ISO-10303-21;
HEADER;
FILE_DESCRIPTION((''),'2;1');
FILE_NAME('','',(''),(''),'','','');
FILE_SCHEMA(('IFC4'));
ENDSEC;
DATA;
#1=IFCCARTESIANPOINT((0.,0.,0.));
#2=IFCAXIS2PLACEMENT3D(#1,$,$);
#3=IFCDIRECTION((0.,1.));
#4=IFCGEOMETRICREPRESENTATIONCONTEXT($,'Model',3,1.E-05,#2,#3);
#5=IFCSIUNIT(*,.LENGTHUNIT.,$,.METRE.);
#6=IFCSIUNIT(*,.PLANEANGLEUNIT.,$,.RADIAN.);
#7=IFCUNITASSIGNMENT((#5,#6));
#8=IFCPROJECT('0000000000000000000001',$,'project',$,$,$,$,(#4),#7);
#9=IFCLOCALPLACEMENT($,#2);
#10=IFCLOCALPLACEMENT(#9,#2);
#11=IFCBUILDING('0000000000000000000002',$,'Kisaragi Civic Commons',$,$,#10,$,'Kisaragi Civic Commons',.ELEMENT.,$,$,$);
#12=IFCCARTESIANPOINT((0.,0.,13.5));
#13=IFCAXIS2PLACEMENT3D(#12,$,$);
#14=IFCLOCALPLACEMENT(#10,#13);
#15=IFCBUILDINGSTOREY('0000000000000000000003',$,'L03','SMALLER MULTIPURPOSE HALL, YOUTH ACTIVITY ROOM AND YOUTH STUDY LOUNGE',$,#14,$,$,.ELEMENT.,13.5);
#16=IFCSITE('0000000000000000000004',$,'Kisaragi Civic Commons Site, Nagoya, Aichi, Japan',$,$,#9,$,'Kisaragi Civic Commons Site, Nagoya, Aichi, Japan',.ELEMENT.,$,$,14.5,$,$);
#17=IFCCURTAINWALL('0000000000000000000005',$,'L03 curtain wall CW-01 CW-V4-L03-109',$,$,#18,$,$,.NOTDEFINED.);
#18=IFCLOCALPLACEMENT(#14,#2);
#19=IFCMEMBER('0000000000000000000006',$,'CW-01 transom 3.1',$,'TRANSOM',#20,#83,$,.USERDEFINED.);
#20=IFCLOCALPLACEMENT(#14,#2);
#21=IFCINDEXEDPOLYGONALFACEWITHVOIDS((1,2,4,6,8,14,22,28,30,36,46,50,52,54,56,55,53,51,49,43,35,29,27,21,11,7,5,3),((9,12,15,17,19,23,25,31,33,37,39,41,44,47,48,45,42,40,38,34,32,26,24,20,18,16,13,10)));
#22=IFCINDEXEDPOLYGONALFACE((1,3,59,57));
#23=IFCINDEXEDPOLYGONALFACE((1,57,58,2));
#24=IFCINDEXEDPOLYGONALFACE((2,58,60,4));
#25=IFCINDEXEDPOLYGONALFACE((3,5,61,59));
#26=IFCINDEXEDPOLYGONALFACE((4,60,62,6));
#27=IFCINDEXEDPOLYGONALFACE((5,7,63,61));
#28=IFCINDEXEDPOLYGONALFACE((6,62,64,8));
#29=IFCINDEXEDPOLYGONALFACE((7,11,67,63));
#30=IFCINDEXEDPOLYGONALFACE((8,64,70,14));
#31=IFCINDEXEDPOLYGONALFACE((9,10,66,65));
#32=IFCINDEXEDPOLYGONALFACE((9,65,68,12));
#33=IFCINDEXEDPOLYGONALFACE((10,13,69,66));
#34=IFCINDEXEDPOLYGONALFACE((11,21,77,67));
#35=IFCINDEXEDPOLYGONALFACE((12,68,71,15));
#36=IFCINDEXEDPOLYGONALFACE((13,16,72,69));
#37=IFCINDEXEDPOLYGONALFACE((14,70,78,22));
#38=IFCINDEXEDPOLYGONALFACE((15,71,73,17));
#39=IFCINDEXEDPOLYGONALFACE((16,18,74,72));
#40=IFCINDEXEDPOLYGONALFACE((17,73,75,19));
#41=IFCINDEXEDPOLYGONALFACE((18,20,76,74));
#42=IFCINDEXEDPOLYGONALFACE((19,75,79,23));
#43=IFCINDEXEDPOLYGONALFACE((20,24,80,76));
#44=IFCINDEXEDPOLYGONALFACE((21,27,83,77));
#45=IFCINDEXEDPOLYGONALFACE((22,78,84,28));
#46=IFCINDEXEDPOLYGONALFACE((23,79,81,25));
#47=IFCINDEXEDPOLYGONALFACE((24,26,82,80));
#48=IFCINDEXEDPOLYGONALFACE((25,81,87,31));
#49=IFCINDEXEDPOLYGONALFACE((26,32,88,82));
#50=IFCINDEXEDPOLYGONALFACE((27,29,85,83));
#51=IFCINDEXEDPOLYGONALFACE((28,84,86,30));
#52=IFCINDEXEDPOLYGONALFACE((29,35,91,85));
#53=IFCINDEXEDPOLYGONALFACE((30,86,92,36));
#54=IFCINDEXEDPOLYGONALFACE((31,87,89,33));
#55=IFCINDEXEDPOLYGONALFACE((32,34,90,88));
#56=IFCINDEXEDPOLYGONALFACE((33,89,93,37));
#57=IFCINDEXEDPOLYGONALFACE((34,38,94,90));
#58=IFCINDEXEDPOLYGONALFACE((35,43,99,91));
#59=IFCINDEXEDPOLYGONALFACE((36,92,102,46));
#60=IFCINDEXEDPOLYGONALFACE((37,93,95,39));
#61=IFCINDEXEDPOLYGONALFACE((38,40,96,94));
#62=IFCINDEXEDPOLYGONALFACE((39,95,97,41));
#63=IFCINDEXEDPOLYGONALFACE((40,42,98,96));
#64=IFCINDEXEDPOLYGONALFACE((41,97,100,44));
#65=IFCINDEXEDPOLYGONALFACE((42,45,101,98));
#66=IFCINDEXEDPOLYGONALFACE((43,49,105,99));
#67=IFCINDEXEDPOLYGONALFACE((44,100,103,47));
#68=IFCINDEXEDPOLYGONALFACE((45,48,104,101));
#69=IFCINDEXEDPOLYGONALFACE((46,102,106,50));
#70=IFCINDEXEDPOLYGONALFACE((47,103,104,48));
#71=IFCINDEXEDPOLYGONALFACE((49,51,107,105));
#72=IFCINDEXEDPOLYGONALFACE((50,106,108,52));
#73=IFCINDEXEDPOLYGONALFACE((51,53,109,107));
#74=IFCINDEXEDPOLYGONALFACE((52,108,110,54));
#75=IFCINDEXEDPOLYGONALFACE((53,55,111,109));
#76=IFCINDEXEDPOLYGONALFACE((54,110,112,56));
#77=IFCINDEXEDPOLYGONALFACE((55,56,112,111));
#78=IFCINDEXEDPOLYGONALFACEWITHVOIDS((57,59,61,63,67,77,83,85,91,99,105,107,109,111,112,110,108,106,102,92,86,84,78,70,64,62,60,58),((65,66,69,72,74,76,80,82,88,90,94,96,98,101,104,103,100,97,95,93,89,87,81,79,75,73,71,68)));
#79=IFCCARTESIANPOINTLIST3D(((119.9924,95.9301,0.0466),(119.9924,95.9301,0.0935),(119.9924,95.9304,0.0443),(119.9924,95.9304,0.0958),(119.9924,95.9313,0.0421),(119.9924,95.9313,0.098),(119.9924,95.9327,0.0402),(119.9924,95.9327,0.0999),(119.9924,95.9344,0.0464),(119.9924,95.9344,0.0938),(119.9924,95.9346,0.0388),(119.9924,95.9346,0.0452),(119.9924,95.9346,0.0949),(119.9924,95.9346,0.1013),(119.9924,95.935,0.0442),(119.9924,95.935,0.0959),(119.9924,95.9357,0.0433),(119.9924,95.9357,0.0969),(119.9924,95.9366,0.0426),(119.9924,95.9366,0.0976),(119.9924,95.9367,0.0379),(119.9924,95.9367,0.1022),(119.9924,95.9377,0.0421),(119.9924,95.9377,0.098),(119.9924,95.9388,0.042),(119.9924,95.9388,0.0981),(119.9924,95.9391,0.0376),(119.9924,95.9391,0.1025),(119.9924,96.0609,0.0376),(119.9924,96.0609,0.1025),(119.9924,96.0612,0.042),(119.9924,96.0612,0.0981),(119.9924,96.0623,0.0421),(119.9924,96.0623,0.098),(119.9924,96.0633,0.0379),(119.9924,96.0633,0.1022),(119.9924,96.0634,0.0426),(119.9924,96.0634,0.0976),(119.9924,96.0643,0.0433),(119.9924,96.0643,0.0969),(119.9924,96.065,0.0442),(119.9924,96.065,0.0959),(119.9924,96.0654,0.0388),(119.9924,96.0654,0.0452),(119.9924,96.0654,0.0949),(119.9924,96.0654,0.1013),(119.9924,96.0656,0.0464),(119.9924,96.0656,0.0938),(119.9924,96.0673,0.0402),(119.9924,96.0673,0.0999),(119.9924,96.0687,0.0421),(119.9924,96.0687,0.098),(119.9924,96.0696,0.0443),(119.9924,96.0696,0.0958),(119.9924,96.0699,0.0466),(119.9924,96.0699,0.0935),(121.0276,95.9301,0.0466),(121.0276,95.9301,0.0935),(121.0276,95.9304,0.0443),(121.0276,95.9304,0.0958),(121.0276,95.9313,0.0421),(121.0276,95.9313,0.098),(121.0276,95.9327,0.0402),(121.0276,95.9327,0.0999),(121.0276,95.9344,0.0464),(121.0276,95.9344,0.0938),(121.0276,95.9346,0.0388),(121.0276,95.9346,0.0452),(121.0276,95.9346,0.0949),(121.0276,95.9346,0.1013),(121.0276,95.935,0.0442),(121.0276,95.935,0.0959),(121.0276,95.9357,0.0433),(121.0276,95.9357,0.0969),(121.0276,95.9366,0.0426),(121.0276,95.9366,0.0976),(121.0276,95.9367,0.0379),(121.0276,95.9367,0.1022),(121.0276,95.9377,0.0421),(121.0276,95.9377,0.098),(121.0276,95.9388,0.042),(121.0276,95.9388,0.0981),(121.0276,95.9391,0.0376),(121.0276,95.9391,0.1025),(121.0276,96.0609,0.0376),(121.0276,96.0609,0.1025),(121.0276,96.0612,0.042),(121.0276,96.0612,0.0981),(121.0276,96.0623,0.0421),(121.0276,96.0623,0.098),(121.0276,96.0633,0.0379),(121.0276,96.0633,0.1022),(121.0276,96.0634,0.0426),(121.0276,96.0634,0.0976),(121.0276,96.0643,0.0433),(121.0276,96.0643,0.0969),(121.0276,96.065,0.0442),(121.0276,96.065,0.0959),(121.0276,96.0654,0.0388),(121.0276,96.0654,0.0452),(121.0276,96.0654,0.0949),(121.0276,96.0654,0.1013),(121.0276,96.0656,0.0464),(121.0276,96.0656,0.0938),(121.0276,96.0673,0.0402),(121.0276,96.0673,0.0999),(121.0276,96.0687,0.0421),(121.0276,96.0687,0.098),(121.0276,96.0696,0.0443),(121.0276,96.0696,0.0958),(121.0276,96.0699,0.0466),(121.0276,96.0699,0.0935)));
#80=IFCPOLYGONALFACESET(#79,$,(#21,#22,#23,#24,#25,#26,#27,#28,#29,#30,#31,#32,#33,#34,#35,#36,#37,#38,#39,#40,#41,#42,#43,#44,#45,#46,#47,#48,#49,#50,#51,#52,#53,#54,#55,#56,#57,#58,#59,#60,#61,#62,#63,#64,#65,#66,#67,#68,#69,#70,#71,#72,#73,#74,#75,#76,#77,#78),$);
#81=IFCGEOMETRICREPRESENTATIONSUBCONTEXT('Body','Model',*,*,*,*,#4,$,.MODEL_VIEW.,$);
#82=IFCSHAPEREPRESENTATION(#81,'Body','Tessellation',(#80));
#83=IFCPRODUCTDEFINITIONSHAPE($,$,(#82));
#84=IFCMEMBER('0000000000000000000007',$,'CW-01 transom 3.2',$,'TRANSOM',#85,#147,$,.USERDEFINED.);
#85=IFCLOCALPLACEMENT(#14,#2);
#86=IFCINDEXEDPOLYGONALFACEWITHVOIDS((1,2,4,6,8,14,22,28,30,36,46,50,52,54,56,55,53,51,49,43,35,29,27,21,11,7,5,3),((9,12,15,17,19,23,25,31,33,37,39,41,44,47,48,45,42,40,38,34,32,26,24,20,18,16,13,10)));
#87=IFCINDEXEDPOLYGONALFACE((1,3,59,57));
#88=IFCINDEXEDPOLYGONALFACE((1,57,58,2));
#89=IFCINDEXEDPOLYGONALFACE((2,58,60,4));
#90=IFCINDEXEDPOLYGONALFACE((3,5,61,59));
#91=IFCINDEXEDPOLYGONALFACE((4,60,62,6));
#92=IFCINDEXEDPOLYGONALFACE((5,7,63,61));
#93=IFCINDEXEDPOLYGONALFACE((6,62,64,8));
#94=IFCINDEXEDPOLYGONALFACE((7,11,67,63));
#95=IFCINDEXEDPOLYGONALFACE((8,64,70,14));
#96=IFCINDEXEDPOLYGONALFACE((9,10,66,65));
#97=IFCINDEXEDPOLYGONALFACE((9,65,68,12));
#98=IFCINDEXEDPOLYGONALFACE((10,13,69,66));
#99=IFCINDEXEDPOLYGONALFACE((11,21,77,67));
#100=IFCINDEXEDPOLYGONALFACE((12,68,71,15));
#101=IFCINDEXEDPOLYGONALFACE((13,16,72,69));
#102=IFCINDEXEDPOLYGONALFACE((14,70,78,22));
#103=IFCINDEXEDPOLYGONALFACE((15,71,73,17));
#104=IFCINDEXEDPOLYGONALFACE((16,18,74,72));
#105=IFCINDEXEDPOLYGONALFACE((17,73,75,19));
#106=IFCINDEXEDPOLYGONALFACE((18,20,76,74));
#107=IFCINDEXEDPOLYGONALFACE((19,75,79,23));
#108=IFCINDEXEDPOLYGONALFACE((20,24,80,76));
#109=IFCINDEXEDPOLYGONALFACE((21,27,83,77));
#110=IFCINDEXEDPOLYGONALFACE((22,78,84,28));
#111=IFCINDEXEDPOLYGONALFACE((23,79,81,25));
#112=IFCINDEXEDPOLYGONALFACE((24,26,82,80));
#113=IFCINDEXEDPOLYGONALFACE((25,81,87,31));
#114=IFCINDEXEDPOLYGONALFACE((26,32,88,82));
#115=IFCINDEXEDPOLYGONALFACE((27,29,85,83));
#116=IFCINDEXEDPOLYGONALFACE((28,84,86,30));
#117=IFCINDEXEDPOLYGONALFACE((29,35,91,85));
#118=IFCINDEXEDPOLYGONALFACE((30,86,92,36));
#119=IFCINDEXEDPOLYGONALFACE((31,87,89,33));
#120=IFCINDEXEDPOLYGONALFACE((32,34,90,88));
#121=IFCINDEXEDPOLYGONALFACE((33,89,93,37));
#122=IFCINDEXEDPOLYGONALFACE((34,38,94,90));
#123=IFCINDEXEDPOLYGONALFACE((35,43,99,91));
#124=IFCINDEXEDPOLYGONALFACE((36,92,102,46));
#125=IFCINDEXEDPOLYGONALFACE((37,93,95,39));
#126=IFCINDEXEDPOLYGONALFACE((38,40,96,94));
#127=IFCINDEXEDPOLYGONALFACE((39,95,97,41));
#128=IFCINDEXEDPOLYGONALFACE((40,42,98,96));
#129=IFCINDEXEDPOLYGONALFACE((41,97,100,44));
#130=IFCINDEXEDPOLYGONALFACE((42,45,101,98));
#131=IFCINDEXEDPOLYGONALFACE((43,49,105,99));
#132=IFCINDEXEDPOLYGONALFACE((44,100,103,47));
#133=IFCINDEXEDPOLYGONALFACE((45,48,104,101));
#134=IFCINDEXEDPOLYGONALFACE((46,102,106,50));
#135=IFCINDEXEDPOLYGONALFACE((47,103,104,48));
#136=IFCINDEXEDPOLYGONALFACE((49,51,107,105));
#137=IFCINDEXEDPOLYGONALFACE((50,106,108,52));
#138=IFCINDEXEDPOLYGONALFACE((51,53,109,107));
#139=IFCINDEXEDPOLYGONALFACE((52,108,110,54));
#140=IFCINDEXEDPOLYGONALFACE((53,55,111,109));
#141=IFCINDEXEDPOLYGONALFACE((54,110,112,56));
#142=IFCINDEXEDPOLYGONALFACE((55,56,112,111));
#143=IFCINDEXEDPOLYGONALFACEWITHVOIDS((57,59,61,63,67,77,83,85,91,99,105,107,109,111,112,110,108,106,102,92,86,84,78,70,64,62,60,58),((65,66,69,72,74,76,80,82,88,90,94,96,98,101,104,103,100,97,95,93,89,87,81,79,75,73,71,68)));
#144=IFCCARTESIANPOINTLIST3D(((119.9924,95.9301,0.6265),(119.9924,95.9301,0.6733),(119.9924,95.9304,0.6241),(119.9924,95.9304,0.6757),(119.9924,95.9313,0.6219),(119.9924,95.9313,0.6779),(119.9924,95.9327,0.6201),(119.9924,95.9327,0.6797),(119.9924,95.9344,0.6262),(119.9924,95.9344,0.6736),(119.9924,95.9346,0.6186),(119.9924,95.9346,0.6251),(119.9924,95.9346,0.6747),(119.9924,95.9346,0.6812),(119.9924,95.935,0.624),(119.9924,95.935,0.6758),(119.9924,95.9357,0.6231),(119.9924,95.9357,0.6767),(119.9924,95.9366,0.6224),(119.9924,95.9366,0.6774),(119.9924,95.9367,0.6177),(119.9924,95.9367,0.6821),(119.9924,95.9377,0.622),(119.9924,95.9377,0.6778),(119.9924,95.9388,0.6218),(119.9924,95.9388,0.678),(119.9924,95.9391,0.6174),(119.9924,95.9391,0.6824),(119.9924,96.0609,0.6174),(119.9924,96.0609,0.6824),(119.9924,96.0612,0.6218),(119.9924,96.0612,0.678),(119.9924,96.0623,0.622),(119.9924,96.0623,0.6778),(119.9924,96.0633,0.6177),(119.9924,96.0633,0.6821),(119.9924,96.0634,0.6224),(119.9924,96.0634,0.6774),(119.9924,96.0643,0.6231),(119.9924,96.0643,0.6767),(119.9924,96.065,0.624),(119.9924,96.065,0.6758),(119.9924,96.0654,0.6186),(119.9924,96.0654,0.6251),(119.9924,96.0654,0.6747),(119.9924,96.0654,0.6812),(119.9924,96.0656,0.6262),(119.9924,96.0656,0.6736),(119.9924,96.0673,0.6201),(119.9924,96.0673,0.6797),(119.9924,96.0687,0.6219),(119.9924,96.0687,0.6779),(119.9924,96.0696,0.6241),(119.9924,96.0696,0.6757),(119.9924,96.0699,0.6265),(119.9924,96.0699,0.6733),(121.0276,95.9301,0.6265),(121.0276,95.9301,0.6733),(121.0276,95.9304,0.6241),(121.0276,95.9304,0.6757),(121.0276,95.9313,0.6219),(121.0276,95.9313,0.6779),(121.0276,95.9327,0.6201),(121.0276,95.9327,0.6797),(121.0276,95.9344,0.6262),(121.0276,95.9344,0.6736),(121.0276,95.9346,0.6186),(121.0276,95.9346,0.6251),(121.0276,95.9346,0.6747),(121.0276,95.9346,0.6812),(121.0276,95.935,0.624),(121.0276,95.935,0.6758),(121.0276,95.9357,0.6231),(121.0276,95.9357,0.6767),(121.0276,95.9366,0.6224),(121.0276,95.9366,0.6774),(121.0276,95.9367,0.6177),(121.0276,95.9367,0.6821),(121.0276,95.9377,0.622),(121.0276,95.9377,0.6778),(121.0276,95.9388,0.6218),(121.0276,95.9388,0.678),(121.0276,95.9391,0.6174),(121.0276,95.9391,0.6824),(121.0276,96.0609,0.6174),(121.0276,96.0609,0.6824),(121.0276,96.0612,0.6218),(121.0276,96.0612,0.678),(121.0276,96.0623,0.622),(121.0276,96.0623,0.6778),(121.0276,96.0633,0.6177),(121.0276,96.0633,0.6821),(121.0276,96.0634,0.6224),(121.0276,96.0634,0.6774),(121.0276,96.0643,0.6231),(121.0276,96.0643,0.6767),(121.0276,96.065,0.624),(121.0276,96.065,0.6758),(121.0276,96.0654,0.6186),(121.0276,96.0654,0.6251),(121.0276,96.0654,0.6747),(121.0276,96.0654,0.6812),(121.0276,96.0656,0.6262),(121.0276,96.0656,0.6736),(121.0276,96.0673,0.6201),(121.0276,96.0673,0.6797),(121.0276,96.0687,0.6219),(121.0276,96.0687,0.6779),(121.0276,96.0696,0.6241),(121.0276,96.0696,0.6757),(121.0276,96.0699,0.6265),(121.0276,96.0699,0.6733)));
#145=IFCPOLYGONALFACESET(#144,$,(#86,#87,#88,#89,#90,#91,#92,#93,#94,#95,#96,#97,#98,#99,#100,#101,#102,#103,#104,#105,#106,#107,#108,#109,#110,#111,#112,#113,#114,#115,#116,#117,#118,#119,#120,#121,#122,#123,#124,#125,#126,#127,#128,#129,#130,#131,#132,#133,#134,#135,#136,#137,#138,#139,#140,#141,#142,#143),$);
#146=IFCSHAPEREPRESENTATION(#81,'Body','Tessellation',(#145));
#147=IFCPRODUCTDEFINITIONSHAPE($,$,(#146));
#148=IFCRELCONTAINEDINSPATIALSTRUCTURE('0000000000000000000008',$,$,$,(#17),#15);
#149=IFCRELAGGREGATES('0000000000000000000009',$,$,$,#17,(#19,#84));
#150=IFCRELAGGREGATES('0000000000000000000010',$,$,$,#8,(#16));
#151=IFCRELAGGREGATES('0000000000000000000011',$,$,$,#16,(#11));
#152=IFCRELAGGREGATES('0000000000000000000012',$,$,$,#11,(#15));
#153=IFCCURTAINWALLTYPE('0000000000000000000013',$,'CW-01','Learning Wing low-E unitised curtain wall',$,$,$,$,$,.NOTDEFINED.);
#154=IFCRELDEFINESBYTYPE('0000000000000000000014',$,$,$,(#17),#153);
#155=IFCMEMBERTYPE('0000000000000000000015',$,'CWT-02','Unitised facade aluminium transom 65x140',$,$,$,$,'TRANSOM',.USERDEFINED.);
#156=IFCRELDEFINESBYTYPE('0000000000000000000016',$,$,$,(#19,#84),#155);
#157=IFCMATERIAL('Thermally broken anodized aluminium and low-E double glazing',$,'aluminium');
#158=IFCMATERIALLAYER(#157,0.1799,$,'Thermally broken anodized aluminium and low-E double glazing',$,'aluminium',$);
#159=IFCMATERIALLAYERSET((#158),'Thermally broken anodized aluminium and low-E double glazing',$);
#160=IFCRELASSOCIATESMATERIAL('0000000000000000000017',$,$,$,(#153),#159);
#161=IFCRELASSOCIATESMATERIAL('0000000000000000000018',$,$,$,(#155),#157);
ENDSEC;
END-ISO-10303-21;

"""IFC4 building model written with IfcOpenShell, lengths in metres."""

from ifc_helpers import new_model, si_unit, direction, frame, origin, origin_2d, place, context, subcontext, project, spatial, hollow_rectangle, extrude, material, layer, layer_set, material_profile, profile_set, type_object, element, aggregate, save


model = new_model("IFC4")

# Units and contexts
model_context = context("Model", 3, precision=1e-05, world=origin(), true_north=direction((0.0, 1.0)))
body_context = subcontext(model_context, "Body", "Model", "MODEL_VIEW")
ifc_project = project(units=[si_unit("LENGTHUNIT", "METRE"), si_unit("PLANEANGLEUNIT", "RADIAN")], contexts=[model_context])

# Site, building, storey
site_placement = place(None, origin())
site = spatial("IfcSite", under=ifc_project, at=site_placement, Name="Kisaragi Civic Commons Site, Nagoya, Aichi, Japan", LongName="Kisaragi Civic Commons Site, Nagoya, Aichi, Japan", CompositionType="ELEMENT", RefElevation=14.5)
building_placement = place(site_placement, origin())
building = spatial("IfcBuilding", under=site, at=building_placement, Name="Kisaragi Civic Commons", LongName="Kisaragi Civic Commons", CompositionType="ELEMENT")
storey_placement = place(building_placement, frame((0.0, 0.0, 13.5)))
storey = spatial("IfcBuildingStorey", under=building, at=storey_placement, Name="L03", Description="SMALLER MULTIPURPOSE HALL, YOUTH ACTIVITY ROOM AND YOUTH STUDY LOUNGE", CompositionType="ELEMENT", Elevation=13.5)

# Curtain wall, members
ifc_material_1 = material(Name="Thermally broken anodized aluminium and low-E double glazing", Category="aluminium")
ifc_layer_1 = layer(ifc_material_1, 0.1799, Name="Thermally broken anodized aluminium and low-E double glazing", Category="aluminium")
ifc_layer_set_1 = layer_set([ifc_layer_1], Name="Thermally broken anodized aluminium and low-E double glazing")
curtain_wall_type = type_object("IfcCurtainWallType", Name="CW-01", Description="Learning Wing low-E unitised curtain wall", PredefinedType="NOTDEFINED", material=ifc_layer_set_1)
curtain_wall_placement = place(storey_placement, origin())
curtain_wall = element("IfcCurtainWall", 1, at=curtain_wall_placement, inside=storey, type_object=curtain_wall_type, Name="L03 curtain wall CW-01 CW-V4-L03-109", PredefinedType="NOTDEFINED")
ifc_material_profile_1 = material_profile(ifc_material_1, hollow_rectangle(XDim=0.1399, YDim=0.0649, WallThickness=0.0044, InnerFilletRadius=0.0044, OuterFilletRadius=0.009, at=origin_2d()), Name="CWT-65x140x4.5", Category="aluminium")
ifc_profile_set_1 = profile_set([ifc_material_profile_1], Name="Thermally broken anodized aluminium and low-E double glazing")
member_type_1 = type_object("IfcMemberType", Name="CWT-02", Description="Unitised facade aluminium transom 65x140", ElementType="TRANSOM", PredefinedType="USERDEFINED", material=ifc_profile_set_1)
member_1_placement = place(storey_placement, frame((121.0276, 96.0, 0.0701), z_axis=(-1.0, 0.0, 0.0), x_axis=(0.0, -1.0, 0.0)))
member_1 = element("IfcMember", 2, at=member_1_placement, type_object=member_type_1, Name="CW-01 transom 3.1", ObjectType="TRANSOM", PredefinedType="USERDEFINED", context=body_context, shape_type="SweptSolid", body=[
    extrude(hollow_rectangle(XDim=0.1399, YDim=0.0649, WallThickness=0.0044, InnerFilletRadius=0.0044, OuterFilletRadius=0.009, at=origin_2d()), origin(), (0.0, 0.0, 1.0), 1.0352),
])
member_2_placement = place(storey_placement, frame((121.0276, 96.0, 0.6499), z_axis=(-1.0, 0.0, 0.0), x_axis=(0.0, -1.0, 0.0)))
member_2 = element("IfcMember", 3, at=member_2_placement, type_object=member_type_1, Name="CW-01 transom 3.2", ObjectType="TRANSOM", PredefinedType="USERDEFINED", context=body_context, shape_type="SweptSolid", body=[
    extrude(hollow_rectangle(XDim=0.1399, YDim=0.0649, WallThickness=0.0044, InnerFilletRadius=0.0044, OuterFilletRadius=0.009, at=origin_2d()), origin(), (0.0, 0.0, 1.0), 1.0352),
])

aggregate(curtain_wall, [member_1, member_2])

save(model, "model.ifc")
